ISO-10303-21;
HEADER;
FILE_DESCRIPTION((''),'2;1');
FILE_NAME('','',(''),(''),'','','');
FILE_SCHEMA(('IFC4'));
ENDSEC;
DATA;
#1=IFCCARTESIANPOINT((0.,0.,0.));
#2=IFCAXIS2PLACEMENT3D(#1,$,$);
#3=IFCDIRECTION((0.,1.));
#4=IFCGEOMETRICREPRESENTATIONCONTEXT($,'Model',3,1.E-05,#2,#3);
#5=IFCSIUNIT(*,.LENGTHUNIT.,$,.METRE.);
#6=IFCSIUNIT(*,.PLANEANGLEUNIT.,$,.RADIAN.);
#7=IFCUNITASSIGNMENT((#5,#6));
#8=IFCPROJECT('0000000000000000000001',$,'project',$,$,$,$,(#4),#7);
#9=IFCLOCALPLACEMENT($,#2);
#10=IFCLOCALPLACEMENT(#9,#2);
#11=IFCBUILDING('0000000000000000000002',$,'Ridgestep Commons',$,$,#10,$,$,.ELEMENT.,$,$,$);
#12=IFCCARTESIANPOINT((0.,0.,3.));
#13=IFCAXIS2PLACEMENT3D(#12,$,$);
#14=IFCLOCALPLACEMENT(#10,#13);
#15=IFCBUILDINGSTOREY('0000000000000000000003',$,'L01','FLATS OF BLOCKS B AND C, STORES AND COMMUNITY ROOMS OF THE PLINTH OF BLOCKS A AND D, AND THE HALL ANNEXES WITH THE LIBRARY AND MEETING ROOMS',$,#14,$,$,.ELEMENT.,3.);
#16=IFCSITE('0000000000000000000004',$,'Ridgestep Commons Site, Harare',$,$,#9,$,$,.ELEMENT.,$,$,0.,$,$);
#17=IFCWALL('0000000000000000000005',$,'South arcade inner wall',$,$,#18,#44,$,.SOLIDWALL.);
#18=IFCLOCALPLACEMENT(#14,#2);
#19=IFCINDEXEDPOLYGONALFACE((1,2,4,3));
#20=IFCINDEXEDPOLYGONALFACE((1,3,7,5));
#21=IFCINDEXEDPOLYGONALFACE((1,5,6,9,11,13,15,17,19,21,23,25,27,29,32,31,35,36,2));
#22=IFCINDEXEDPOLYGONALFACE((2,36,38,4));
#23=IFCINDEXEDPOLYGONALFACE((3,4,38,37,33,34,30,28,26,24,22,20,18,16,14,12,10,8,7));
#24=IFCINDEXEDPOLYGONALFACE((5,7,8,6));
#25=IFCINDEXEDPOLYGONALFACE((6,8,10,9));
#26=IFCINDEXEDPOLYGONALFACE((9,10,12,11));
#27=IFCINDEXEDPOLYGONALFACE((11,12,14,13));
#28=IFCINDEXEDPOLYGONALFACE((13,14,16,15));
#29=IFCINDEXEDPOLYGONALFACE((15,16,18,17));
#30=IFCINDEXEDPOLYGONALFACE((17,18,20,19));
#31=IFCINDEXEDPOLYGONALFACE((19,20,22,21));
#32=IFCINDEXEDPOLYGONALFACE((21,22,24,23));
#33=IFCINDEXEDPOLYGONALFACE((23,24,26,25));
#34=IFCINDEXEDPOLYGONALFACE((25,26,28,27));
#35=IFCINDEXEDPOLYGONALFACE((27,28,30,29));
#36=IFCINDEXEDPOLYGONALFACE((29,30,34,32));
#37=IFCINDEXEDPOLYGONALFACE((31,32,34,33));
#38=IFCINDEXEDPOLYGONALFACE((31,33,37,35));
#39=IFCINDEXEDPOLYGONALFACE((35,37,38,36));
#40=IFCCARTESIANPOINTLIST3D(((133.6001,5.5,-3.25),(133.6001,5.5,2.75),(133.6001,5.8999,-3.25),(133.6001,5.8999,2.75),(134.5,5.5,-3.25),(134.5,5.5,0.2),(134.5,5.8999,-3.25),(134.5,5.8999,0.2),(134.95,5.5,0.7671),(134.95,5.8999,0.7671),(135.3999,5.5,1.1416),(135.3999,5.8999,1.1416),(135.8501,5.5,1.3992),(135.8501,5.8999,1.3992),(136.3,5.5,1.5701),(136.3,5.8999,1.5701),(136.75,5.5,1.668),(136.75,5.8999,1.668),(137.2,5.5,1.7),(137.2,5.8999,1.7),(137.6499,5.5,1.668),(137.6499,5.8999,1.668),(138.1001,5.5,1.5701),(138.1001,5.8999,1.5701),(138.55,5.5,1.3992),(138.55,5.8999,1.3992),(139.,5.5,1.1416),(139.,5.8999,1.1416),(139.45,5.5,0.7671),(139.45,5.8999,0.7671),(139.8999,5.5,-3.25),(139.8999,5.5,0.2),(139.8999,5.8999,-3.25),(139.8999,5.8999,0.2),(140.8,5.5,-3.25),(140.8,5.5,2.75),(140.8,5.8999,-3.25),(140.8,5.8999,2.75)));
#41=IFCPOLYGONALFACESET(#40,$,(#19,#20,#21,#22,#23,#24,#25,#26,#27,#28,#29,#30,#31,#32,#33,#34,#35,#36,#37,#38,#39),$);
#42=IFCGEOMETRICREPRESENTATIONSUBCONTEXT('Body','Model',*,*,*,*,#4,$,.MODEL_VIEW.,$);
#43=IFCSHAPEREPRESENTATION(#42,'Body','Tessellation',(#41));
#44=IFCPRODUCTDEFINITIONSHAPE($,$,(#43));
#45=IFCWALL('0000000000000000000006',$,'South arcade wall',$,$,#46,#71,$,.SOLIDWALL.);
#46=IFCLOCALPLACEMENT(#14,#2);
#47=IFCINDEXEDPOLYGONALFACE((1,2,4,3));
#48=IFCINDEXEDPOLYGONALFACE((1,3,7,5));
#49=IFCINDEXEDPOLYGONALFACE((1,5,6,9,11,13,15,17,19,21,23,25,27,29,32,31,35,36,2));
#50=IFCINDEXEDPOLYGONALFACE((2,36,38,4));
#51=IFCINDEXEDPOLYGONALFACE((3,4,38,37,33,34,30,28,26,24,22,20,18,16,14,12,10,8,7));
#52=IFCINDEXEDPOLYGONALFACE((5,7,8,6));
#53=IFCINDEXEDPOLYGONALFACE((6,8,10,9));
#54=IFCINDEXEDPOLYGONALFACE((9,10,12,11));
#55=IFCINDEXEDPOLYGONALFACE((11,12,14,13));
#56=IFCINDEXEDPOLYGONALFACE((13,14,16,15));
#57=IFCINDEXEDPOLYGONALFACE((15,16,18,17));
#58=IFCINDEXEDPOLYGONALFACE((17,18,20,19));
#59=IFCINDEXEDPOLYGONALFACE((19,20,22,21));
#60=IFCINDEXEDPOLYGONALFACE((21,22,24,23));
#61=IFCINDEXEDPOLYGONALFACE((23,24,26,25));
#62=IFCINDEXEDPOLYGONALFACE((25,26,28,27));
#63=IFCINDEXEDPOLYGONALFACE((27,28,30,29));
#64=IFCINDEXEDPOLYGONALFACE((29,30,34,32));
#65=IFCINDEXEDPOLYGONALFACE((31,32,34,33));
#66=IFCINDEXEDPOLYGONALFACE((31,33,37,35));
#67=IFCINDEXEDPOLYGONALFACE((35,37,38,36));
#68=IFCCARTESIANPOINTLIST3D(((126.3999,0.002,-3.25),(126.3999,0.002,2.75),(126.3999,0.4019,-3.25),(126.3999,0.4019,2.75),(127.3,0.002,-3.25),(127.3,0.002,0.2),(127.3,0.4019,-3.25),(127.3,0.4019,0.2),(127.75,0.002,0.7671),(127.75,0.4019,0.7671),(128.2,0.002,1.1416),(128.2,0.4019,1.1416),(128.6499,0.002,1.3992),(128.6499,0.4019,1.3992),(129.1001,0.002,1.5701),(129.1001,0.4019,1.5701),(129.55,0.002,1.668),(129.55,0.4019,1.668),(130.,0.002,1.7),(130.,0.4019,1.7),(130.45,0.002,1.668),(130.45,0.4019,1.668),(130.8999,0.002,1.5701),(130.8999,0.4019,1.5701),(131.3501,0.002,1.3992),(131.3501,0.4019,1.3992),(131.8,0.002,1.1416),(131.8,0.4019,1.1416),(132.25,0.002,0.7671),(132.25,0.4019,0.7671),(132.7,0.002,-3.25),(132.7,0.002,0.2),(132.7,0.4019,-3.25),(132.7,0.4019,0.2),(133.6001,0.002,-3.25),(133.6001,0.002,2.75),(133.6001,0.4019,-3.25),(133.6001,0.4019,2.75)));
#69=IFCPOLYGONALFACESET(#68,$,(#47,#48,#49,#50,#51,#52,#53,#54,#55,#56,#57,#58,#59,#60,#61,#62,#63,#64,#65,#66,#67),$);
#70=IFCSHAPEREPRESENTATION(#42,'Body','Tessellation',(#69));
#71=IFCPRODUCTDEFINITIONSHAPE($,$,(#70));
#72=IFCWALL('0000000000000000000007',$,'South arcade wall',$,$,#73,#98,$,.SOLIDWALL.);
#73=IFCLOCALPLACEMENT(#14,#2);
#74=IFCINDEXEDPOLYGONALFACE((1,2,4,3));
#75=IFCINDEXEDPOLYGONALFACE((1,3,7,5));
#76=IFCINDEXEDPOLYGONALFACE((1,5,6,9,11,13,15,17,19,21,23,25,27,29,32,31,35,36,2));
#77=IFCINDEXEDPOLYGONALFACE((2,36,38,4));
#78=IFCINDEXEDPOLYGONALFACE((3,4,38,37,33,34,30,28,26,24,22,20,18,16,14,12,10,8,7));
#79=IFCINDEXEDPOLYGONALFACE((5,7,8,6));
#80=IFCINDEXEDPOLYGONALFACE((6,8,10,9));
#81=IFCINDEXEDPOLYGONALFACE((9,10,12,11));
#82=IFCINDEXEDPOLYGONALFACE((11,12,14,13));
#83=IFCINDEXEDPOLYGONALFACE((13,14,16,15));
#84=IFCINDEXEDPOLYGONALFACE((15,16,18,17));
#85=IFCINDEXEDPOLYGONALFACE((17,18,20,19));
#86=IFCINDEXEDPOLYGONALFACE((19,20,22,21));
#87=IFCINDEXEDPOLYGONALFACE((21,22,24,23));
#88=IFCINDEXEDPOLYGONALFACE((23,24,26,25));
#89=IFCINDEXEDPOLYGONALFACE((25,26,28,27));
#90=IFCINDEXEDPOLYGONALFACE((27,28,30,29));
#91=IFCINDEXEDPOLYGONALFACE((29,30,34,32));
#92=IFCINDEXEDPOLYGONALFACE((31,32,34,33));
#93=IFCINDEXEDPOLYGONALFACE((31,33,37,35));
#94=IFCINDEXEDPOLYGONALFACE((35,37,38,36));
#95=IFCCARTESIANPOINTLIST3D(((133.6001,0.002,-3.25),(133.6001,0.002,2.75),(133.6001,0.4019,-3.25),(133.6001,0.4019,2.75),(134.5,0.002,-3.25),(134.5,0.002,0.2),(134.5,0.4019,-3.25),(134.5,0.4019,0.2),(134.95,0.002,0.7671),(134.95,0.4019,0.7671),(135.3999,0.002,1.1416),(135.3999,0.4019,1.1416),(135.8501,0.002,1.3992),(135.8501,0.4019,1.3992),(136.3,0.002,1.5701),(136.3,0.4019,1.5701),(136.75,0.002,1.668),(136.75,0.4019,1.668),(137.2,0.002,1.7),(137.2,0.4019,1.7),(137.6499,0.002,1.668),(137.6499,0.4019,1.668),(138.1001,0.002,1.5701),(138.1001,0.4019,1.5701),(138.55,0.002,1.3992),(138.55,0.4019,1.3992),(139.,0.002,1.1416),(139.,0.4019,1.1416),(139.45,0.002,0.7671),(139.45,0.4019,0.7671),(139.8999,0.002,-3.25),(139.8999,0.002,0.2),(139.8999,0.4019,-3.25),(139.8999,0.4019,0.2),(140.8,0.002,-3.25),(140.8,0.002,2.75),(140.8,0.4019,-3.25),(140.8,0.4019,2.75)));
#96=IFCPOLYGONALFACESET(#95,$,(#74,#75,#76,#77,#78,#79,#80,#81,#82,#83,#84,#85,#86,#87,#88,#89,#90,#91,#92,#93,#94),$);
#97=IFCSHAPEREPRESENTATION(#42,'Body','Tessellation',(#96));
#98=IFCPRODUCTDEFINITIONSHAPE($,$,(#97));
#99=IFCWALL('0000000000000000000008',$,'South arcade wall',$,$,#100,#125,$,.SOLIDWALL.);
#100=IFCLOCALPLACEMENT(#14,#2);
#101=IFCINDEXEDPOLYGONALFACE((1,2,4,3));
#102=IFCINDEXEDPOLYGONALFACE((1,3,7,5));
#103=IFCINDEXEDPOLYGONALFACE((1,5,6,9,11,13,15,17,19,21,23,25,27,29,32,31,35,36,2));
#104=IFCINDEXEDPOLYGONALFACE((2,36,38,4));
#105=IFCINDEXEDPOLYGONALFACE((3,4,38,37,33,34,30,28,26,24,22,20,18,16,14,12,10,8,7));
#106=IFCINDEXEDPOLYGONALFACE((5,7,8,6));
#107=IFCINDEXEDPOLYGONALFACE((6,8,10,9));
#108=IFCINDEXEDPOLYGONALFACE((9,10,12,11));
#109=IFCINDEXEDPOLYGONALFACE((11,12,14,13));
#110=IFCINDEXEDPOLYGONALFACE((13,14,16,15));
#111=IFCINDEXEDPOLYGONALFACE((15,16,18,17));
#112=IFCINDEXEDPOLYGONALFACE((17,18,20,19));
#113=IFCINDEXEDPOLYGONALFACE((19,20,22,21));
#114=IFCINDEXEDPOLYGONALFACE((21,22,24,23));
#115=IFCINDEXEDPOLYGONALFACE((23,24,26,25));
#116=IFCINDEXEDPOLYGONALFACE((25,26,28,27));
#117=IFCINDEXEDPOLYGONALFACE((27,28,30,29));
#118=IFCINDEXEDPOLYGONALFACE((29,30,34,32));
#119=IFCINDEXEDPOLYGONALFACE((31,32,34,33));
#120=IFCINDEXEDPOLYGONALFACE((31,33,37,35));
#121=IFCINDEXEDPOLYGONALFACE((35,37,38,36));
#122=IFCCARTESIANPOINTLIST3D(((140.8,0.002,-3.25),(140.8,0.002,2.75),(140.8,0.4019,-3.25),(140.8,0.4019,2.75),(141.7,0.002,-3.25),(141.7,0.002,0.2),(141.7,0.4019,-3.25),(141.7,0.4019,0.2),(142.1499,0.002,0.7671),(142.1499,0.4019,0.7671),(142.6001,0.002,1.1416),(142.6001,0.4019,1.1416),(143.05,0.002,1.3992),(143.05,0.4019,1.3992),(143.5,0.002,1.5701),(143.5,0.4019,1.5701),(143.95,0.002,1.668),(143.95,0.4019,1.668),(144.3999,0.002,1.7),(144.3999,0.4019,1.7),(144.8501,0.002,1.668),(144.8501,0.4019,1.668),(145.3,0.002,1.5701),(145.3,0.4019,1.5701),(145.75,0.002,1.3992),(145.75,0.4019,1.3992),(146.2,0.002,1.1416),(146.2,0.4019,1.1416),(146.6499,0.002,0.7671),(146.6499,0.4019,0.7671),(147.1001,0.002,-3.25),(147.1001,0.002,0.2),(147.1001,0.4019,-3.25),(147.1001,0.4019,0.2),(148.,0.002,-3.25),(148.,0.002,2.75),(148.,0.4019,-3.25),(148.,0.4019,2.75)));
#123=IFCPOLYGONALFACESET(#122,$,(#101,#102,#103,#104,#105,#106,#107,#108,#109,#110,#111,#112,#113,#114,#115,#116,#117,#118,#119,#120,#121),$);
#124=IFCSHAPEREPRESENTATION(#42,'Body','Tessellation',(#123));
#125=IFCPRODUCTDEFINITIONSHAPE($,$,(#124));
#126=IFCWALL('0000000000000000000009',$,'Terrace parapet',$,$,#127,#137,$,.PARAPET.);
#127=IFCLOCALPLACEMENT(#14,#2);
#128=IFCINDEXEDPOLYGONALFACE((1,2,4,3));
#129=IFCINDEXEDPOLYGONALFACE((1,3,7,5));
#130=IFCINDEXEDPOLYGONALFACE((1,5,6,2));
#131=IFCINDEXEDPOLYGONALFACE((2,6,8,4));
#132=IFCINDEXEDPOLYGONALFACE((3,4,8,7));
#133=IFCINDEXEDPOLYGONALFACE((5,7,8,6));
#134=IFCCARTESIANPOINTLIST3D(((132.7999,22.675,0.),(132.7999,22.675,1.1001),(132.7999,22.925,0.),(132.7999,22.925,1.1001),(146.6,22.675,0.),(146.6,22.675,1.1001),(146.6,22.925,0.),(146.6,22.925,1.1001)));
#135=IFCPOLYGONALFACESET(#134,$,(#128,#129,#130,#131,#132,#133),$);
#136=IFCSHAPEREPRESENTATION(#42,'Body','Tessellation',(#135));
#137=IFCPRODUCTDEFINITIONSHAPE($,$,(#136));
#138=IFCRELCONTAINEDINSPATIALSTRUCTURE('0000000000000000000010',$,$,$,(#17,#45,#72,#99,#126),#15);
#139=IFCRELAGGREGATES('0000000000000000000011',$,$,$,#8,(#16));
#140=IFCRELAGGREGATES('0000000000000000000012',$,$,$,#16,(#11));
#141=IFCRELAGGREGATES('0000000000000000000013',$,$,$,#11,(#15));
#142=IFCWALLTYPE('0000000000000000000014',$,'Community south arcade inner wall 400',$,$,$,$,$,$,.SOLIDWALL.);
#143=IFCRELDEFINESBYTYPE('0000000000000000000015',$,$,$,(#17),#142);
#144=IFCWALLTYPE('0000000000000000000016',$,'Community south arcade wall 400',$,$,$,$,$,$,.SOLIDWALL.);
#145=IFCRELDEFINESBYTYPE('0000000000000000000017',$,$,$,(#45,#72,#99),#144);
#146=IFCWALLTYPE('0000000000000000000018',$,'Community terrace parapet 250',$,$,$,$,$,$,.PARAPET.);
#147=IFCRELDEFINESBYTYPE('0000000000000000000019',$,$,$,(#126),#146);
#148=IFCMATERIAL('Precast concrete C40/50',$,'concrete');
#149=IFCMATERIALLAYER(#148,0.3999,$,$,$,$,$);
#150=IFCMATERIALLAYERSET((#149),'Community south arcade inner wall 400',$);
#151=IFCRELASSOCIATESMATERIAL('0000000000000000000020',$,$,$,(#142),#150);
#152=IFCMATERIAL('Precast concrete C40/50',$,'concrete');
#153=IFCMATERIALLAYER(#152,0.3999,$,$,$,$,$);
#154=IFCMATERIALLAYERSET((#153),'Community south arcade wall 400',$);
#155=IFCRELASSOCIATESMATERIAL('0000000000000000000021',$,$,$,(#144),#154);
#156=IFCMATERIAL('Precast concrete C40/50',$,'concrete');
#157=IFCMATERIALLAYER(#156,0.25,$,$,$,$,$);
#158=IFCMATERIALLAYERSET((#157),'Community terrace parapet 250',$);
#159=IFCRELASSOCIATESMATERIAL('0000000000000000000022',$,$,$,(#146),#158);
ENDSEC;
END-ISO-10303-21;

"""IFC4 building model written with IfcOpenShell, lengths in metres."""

from ifc_helpers import new_model, si_unit, direction, frame, frame_2d, origin, place, context, subcontext, project, spatial, polyline, rectangle, outline, extrude, material, layer, layer_set, type_object, element, save


model = new_model("IFC4")

# Units and contexts
model_context = context("Model", 3, precision=1e-05, world=origin(), true_north=direction((0.0, 1.0)))
body_context = subcontext(model_context, "Body", "Model", "MODEL_VIEW")
ifc_project = project(units=[si_unit("LENGTHUNIT", "METRE"), si_unit("PLANEANGLEUNIT", "RADIAN")], contexts=[model_context])

# Site, building, storey
site_placement = place(None, origin())
site = spatial("IfcSite", under=ifc_project, at=site_placement, Name="Ridgestep Commons Site, Harare", CompositionType="ELEMENT", RefElevation=0.0)
building_placement = place(site_placement, origin())
building = spatial("IfcBuilding", under=site, at=building_placement, Name="Ridgestep Commons", CompositionType="ELEMENT")
storey_placement = place(building_placement, frame((0.0, 0.0, 3.0)))
storey = spatial("IfcBuildingStorey", under=building, at=storey_placement, Name="L01", Description="FLATS OF BLOCKS B AND C, STORES AND COMMUNITY ROOMS OF THE PLINTH OF BLOCKS A AND D, AND THE HALL ANNEXES WITH THE LIBRARY AND MEETING ROOMS", CompositionType="ELEMENT", Elevation=3.0)

# Walls
ifc_material_1 = material(Name="Precast concrete C40/50", Category="concrete")
ifc_layer_1 = layer(ifc_material_1, 0.3999)
ifc_layer_set_1 = layer_set([ifc_layer_1], Name="Community south arcade inner wall 400")
wall_type_1 = type_object("IfcWallType", Name="Community south arcade inner wall 400", PredefinedType="SOLIDWALL", material=ifc_layer_set_1)
wall_1_placement = place(storey_placement, frame((133.6001, 5.5, -3.25), z_axis=(0.0, -1.0, 0.0), x_axis=(1.0, 0.0, 0.0)))
element("IfcWall", 1, at=wall_1_placement, inside=storey, type_object=wall_type_1, Name="South arcade inner wall", PredefinedType="SOLIDWALL", context=body_context, shape_type="SweptSolid", body=[
    extrude(outline(polyline([(0.0, 0.0), (0.8999, 0.0), (0.8999, 3.45), (1.3499, 4.0171), (1.7998, 4.3916), (2.25, 4.6492), (2.7, 4.8201), (3.1499, 4.918), (3.5999, 4.95), (4.0498, 4.918), (4.5, 4.8201), (4.95, 4.6492), (5.3999, 4.3916), (5.8499, 4.0171), (6.2998, 3.45), (6.2998, 0.0), (7.2, 0.0), (7.2, 6.0), (0.0, 6.0), (0.0, 0.0)])), origin(), (0.0, 0.0, -1.0), 0.3999),
])
ifc_material_2 = material(Name="Precast concrete C40/50", Category="concrete")
ifc_layer_2 = layer(ifc_material_2, 0.3999)
ifc_layer_set_2 = layer_set([ifc_layer_2], Name="Community south arcade wall 400")
wall_type_2 = type_object("IfcWallType", Name="Community south arcade wall 400", PredefinedType="SOLIDWALL", material=ifc_layer_set_2)
wall_2_placement = place(storey_placement, frame((126.3999, 0.002, -3.25), z_axis=(0.0, -1.0, 0.0), x_axis=(1.0, 0.0, 0.0)))
element("IfcWall", 2, at=wall_2_placement, inside=storey, type_object=wall_type_2, Name="South arcade wall", PredefinedType="SOLIDWALL", context=body_context, shape_type="SweptSolid", body=[
    extrude(outline(polyline([(0.0, 0.0), (0.9001, 0.0), (0.9001, 3.45), (1.3501, 4.0171), (1.8, 4.3916), (2.25, 4.6492), (2.7002, 4.8201), (3.1501, 4.918), (3.6001, 4.95), (4.05, 4.918), (4.5, 4.8201), (4.9502, 4.6492), (5.4001, 4.3916), (5.8501, 4.0171), (6.3, 3.45), (6.3, 0.0), (7.2002, 0.0), (7.2002, 6.0), (0.0, 6.0), (0.0, 0.0)])), origin(), (0.0, 0.0, -1.0), 0.3999),
])
wall_3_placement = place(storey_placement, frame((133.6001, 0.002, -3.25), z_axis=(0.0, -1.0, 0.0), x_axis=(1.0, 0.0, 0.0)))
element("IfcWall", 3, at=wall_3_placement, inside=storey, type_object=wall_type_2, Name="South arcade wall", PredefinedType="SOLIDWALL", context=body_context, shape_type="SweptSolid", body=[
    extrude(outline(polyline([(0.0, 0.0), (0.8999, 0.0), (0.8999, 3.45), (1.3499, 4.0171), (1.7998, 4.3916), (2.25, 4.6492), (2.7, 4.8201), (3.1499, 4.918), (3.5999, 4.95), (4.0498, 4.918), (4.5, 4.8201), (4.95, 4.6492), (5.3999, 4.3916), (5.8499, 4.0171), (6.2998, 3.45), (6.2998, 0.0), (7.2, 0.0), (7.2, 6.0), (0.0, 6.0), (0.0, 0.0)])), origin(), (0.0, 0.0, -1.0), 0.3999),
])
wall_4_placement = place(storey_placement, frame((140.8, 0.002, -3.25), z_axis=(0.0, -1.0, 0.0), x_axis=(1.0, 0.0, 0.0)))
element("IfcWall", 4, at=wall_4_placement, inside=storey, type_object=wall_type_2, Name="South arcade wall", PredefinedType="SOLIDWALL", context=body_context, shape_type="SweptSolid", body=[
    extrude(outline(polyline([(0.0, 0.0), (0.8999, 0.0), (0.8999, 3.45), (1.3499, 4.0171), (1.8, 4.3916), (2.25, 4.6492), (2.7, 4.8201), (3.1499, 4.918), (3.5999, 4.95), (4.05, 4.918), (4.5, 4.8201), (4.95, 4.6492), (5.3999, 4.3916), (5.8499, 4.0171), (6.3, 3.45), (6.3, 0.0), (7.2, 0.0), (7.2, 6.0), (0.0, 6.0), (0.0, 0.0)])), origin(), (0.0, 0.0, -1.0), 0.3999),
])
ifc_material_3 = material(Name="Precast concrete C40/50", Category="concrete")
ifc_layer_3 = layer(ifc_material_3, 0.25)
ifc_layer_set_3 = layer_set([ifc_layer_3], Name="Community terrace parapet 250")
wall_type_3 = type_object("IfcWallType", Name="Community terrace parapet 250", PredefinedType="PARAPET", material=ifc_layer_set_3)
wall_5_placement = place(storey_placement, frame((132.8, 22.8, 0.0), z_axis=(0.0, 0.0, 1.0), x_axis=(1.0, 0.0, 0.0)))
element("IfcWall", 5, at=wall_5_placement, inside=storey, type_object=wall_type_3, Name="Terrace parapet", PredefinedType="PARAPET", context=body_context, shape_type="SweptSolid", body=[
    extrude(rectangle(XDim=13.8, YDim=0.25, at=frame_2d((6.8999, 0.0))), origin(), (0.0, 0.0, 1.0), 1.1001),
])

save(model, "model.ifc")
